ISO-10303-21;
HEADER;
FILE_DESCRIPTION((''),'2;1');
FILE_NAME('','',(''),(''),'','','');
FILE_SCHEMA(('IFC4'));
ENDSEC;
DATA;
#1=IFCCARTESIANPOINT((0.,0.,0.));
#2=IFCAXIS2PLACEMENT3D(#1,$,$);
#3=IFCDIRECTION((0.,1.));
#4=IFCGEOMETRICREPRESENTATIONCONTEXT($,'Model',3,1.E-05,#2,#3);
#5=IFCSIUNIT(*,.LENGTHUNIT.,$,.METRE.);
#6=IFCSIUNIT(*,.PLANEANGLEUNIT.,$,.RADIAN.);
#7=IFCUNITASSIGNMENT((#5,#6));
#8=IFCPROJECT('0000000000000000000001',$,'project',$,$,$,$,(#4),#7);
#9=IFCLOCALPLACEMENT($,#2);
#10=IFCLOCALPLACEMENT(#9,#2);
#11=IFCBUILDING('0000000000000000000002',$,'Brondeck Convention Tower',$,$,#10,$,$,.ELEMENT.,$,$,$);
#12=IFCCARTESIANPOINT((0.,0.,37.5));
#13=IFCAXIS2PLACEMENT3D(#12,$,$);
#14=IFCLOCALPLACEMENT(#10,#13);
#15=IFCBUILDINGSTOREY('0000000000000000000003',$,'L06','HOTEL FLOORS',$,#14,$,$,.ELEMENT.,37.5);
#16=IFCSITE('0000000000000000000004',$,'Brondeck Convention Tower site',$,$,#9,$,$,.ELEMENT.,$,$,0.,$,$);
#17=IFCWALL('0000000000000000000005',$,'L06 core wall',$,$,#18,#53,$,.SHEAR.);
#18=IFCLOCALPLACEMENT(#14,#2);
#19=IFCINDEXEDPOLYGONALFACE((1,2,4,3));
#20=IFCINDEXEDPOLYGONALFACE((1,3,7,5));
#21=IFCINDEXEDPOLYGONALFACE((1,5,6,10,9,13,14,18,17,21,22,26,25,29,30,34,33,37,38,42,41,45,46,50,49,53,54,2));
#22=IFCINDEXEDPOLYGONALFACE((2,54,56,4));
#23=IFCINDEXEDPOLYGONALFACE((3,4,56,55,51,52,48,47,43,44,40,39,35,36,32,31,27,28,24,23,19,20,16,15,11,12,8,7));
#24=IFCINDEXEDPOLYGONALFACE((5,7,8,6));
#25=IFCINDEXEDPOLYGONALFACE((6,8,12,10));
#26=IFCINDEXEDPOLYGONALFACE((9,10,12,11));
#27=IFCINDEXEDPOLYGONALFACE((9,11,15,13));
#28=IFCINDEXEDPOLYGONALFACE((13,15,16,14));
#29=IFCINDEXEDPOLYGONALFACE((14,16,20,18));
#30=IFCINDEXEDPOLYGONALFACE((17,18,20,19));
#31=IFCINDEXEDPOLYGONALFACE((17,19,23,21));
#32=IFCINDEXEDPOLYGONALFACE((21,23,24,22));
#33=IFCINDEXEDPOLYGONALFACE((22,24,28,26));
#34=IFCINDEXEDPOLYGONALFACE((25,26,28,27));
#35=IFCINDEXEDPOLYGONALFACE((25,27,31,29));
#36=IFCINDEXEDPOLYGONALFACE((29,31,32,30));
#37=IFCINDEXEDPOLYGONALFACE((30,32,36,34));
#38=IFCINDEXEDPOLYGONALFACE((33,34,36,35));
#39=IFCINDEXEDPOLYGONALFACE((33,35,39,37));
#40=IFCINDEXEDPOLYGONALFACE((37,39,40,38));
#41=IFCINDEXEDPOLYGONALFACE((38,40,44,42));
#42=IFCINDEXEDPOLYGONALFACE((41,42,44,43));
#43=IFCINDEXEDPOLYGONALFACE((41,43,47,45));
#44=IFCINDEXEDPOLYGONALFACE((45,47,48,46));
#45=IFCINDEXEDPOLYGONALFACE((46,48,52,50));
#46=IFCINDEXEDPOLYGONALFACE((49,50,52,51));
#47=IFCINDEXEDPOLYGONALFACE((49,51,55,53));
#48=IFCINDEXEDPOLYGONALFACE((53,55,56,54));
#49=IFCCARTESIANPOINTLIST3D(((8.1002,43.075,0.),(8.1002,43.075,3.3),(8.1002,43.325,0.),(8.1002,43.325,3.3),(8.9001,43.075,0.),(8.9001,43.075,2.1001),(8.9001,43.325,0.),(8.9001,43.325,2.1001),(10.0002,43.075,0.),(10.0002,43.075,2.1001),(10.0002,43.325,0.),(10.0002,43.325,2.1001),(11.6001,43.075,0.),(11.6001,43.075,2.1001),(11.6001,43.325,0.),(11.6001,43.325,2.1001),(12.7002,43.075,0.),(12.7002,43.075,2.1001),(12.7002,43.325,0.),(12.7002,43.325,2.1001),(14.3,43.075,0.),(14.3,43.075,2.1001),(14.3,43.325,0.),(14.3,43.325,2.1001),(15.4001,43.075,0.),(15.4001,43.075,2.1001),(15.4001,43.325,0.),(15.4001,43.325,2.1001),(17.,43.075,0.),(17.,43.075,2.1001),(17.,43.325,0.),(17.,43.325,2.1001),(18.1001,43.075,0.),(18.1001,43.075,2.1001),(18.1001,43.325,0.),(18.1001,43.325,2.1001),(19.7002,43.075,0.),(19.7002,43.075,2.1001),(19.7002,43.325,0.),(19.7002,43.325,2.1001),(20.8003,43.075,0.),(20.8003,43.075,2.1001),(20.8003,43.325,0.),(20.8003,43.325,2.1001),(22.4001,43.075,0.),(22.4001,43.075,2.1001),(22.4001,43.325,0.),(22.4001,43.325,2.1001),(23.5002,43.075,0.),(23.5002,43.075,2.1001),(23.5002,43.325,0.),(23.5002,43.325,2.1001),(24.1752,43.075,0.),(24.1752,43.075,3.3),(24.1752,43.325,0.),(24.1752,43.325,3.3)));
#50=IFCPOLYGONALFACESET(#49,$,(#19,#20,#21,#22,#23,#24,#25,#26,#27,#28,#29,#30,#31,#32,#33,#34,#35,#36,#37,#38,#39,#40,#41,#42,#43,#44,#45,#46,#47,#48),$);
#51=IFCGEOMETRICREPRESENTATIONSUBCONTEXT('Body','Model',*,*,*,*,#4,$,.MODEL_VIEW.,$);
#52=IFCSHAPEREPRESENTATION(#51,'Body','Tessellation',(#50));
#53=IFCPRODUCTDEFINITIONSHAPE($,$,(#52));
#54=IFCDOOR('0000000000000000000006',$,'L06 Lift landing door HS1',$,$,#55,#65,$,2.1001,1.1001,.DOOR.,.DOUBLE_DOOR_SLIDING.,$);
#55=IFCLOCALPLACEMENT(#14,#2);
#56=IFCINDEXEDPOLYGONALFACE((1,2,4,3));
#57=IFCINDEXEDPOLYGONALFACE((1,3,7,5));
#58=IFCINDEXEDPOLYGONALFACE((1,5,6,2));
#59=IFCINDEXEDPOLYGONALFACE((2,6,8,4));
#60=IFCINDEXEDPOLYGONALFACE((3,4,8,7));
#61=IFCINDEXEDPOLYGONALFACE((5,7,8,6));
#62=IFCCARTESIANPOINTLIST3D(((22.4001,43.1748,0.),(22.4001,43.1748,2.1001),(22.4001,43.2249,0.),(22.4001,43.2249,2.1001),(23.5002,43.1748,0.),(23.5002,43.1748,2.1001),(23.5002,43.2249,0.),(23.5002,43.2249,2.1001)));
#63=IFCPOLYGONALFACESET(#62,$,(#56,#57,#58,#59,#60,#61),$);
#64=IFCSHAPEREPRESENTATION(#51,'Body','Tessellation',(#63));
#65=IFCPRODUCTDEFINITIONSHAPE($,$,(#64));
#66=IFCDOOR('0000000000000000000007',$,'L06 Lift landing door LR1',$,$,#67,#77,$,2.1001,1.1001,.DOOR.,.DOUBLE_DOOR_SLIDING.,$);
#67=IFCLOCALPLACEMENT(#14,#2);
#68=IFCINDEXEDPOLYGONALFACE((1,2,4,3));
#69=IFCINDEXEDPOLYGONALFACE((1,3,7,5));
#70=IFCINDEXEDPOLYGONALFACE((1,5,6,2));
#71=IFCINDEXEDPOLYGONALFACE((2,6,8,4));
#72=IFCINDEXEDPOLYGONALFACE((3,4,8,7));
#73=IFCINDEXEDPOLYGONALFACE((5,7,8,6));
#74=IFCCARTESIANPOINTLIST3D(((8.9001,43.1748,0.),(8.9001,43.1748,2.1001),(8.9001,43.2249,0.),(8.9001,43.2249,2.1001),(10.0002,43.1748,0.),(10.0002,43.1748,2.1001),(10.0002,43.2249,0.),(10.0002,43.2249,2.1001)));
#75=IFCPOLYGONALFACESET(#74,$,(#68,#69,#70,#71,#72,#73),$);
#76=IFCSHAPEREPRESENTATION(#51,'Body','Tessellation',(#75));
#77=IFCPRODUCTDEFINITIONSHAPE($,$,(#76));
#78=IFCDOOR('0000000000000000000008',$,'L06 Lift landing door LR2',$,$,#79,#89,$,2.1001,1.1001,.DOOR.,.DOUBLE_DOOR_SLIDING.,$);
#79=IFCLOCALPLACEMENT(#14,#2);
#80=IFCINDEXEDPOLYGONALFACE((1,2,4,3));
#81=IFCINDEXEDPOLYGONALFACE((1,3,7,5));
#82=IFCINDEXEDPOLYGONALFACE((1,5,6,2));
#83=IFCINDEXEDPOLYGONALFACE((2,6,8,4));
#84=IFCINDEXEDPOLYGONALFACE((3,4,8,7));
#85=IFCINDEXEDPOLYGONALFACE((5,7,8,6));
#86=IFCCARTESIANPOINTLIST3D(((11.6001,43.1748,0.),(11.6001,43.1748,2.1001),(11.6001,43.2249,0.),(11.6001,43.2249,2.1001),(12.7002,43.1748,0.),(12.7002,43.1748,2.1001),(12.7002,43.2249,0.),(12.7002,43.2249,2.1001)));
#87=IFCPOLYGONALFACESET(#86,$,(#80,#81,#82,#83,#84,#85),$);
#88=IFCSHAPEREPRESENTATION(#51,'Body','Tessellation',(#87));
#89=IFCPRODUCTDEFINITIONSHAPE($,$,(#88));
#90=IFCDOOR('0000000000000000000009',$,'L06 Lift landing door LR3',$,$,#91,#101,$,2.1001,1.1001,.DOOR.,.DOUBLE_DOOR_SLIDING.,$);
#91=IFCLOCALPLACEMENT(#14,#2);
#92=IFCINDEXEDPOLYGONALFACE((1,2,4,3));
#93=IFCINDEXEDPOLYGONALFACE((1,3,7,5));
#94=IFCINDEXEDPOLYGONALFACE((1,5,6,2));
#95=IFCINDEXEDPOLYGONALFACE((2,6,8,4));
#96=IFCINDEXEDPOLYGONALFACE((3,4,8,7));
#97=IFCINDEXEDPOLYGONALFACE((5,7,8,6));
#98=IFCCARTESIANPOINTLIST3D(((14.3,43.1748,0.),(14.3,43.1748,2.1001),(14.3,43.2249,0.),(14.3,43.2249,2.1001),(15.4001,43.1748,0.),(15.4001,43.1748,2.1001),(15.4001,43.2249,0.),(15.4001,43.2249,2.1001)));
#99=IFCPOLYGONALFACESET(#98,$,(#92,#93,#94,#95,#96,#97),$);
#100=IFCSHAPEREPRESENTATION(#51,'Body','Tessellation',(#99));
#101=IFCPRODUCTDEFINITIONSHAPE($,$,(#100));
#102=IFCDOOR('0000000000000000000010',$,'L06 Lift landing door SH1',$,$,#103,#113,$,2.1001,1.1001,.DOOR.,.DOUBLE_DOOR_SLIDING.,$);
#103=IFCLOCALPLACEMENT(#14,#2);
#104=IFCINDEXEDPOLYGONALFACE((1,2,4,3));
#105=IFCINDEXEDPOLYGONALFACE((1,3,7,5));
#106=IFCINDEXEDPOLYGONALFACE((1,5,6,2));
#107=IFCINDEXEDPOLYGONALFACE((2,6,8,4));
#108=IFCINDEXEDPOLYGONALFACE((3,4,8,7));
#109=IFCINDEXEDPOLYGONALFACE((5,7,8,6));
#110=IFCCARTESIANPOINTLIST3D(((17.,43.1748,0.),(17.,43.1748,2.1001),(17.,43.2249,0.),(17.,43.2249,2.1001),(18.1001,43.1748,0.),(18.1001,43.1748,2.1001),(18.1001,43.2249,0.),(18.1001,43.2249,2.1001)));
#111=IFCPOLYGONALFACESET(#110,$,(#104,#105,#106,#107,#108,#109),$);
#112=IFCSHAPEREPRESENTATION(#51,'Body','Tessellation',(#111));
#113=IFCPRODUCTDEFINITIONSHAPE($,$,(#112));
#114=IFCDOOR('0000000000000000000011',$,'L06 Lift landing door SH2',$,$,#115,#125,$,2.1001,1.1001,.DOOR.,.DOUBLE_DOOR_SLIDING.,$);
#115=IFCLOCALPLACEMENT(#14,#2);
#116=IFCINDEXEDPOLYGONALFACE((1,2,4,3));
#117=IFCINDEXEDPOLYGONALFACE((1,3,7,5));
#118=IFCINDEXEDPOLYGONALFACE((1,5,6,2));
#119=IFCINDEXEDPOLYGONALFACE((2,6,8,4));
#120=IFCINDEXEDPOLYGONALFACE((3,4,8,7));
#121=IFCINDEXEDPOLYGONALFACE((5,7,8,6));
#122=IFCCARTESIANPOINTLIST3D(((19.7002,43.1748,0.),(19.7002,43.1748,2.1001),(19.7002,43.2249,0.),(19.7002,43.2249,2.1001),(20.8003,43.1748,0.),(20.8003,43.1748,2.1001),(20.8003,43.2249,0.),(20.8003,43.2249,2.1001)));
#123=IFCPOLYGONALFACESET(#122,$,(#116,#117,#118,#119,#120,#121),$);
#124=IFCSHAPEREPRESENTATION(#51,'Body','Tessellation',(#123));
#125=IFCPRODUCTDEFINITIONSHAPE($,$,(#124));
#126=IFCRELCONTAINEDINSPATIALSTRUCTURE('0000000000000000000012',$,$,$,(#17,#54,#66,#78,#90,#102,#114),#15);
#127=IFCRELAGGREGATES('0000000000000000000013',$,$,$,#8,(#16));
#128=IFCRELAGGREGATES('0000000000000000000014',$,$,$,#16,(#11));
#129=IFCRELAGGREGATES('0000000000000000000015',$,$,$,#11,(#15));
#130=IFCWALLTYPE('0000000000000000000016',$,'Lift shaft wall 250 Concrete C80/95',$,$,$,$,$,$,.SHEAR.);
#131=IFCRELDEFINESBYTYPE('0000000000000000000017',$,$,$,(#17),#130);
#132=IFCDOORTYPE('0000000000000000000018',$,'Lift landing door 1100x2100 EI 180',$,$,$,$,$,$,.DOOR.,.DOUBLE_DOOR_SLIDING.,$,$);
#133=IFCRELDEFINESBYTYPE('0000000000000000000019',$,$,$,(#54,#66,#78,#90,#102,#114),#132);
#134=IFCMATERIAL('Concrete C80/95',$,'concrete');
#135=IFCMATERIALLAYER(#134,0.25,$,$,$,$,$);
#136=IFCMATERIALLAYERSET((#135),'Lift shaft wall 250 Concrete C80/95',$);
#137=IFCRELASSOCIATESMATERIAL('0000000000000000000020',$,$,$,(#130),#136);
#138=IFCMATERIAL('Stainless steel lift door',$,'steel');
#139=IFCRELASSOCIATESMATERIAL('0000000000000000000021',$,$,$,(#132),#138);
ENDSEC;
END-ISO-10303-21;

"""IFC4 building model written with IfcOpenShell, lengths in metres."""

from ifc_helpers import new_model, si_unit, direction, frame, frame_2d, origin, place, context, subcontext, project, spatial, rectangle, extrude, material, layer, layer_set, type_object, element, fill, save


model = new_model("IFC4")

# Units and contexts
model_context = context("Model", 3, precision=1e-05, world=origin(), true_north=direction((0.0, 1.0)))
body_context = subcontext(model_context, "Body", "Model", "MODEL_VIEW")
ifc_project = project(units=[si_unit("LENGTHUNIT", "METRE"), si_unit("PLANEANGLEUNIT", "RADIAN")], contexts=[model_context])

# Site, building, storey
site_placement = place(None, origin())
site = spatial("IfcSite", under=ifc_project, at=site_placement, Name="Brondeck Convention Tower site", CompositionType="ELEMENT", RefElevation=0.0)
building_placement = place(site_placement, origin())
building = spatial("IfcBuilding", under=site, at=building_placement, Name="Brondeck Convention Tower", CompositionType="ELEMENT")
storey_placement = place(building_placement, frame((0.0, 0.0, 37.5)))
storey = spatial("IfcBuildingStorey", under=building, at=storey_placement, Name="L06", Description="HOTEL FLOORS", CompositionType="ELEMENT", Elevation=37.5)

# Shared definitions
ifc_material_1 = material(Name="Concrete C80/95", Category="concrete")
ifc_layer_1 = layer(ifc_material_1, 0.25)
ifc_layer_set_1 = layer_set([ifc_layer_1], Name="Lift shaft wall 250 Concrete C80/95")
wall_type_1 = type_object("IfcWallType", Name="Lift shaft wall 250 Concrete C80/95", PredefinedType="SHEAR", material=ifc_layer_set_1)

# Wall, openings, doors
wall_1_placement = place(storey_placement, frame((8.1001, 43.2, 0.0), z_axis=(0.0, 0.0, 1.0), x_axis=(1.0, 0.0, 0.0)))
wall_1 = element("IfcWall", 1, at=wall_1_placement, inside=storey, type_object=wall_type_1, Name="L06 core wall", PredefinedType="SHEAR", context=body_context, shape_type="SweptSolid", body=[
    extrude(rectangle(XDim=16.075, YDim=0.25, at=frame_2d((8.0376, 0.0))), origin(), (0.0, 0.0, 1.0), 3.3),
])
opening_1_placement = place(wall_1_placement, frame((14.3, 0.0, 0.0)))
opening_1 = element("IfcOpeningElement", 2, at=opening_1_placement, cuts=wall_1, PredefinedType="OPENING", context=body_context, shape_type="SweptSolid", body=[
    extrude(rectangle(XDim=1.1001, YDim=2.1001, at=frame_2d((0.55, 1.05))), frame((0.0, 0.135, 0.0), z_axis=(0.0, -1.0, 0.0), x_axis=(1.0, 0.0, 0.0)), (0.0, 0.0, 1.0), 0.27),
])
opening_2_placement = place(wall_1_placement, frame((0.8, 0.0, 0.0)))
opening_2 = element("IfcOpeningElement", 3, at=opening_2_placement, cuts=wall_1, PredefinedType="OPENING", context=body_context, shape_type="SweptSolid", body=[
    extrude(rectangle(XDim=1.1001, YDim=2.1001, at=frame_2d((0.55, 1.05))), frame((0.0, 0.135, 0.0), z_axis=(0.0, -1.0, 0.0), x_axis=(1.0, 0.0, 0.0)), (0.0, 0.0, 1.0), 0.27),
])
opening_3_placement = place(wall_1_placement, frame((3.5, 0.0, 0.0)))
opening_3 = element("IfcOpeningElement", 4, at=opening_3_placement, cuts=wall_1, PredefinedType="OPENING", context=body_context, shape_type="SweptSolid", body=[
    extrude(rectangle(XDim=1.1001, YDim=2.1001, at=frame_2d((0.55, 1.05))), frame((0.0, 0.135, 0.0), z_axis=(0.0, -1.0, 0.0), x_axis=(1.0, 0.0, 0.0)), (0.0, 0.0, 1.0), 0.27),
])
opening_4_placement = place(wall_1_placement, frame((6.2, 0.0, 0.0)))
opening_4 = element("IfcOpeningElement", 5, at=opening_4_placement, cuts=wall_1, PredefinedType="OPENING", context=body_context, shape_type="SweptSolid", body=[
    extrude(rectangle(XDim=1.1001, YDim=2.1001, at=frame_2d((0.55, 1.05))), frame((0.0, 0.135, 0.0), z_axis=(0.0, -1.0, 0.0), x_axis=(1.0, 0.0, 0.0)), (0.0, 0.0, 1.0), 0.27),
])
opening_5_placement = place(wall_1_placement, frame((8.8999, 0.0, 0.0)))
opening_5 = element("IfcOpeningElement", 6, at=opening_5_placement, cuts=wall_1, PredefinedType="OPENING", context=body_context, shape_type="SweptSolid", body=[
    extrude(rectangle(XDim=1.1001, YDim=2.1001, at=frame_2d((0.55, 1.05))), frame((0.0, 0.135, 0.0), z_axis=(0.0, -1.0, 0.0), x_axis=(1.0, 0.0, 0.0)), (0.0, 0.0, 1.0), 0.27),
])
opening_6_placement = place(wall_1_placement, frame((11.6001, 0.0, 0.0)))
opening_6 = element("IfcOpeningElement", 7, at=opening_6_placement, cuts=wall_1, PredefinedType="OPENING", context=body_context, shape_type="SweptSolid", body=[
    extrude(rectangle(XDim=1.1001, YDim=2.1001, at=frame_2d((0.55, 1.05))), frame((0.0, 0.135, 0.0), z_axis=(0.0, -1.0, 0.0), x_axis=(1.0, 0.0, 0.0)), (0.0, 0.0, 1.0), 0.27),
])
ifc_material_2 = material(Name="Stainless steel lift door", Category="steel")
door_type = type_object("IfcDoorType", Name="Lift landing door 1100x2100 EI 180", OperationType="DOUBLE_DOOR_SLIDING", PredefinedType="DOOR", material=ifc_material_2)
door_1_placement = place(opening_1_placement, origin())
door_1 = element("IfcDoor", 8, at=door_1_placement, inside=storey, type_object=door_type, Name="L06 Lift landing door HS1", OperationType="DOUBLE_DOOR_SLIDING", OverallHeight=2.1001, OverallWidth=1.1001, PredefinedType="DOOR", context=body_context, shape_type="SweptSolid", body=[
    extrude(rectangle(XDim=1.1001, YDim=2.1001, at=frame_2d((0.55, 1.05))), frame((0.0, 0.0249, 0.0), z_axis=(0.0, -1.0, 0.0), x_axis=(1.0, 0.0, 0.0)), (0.0, 0.0, 1.0), 0.05),
])
fill(opening_1, door_1)
door_2_placement = place(opening_2_placement, origin())
door_2 = element("IfcDoor", 9, at=door_2_placement, inside=storey, type_object=door_type, Name="L06 Lift landing door LR1", OperationType="DOUBLE_DOOR_SLIDING", OverallHeight=2.1001, OverallWidth=1.1001, PredefinedType="DOOR", context=body_context, shape_type="SweptSolid", body=[
    extrude(rectangle(XDim=1.1001, YDim=2.1001, at=frame_2d((0.55, 1.05))), frame((0.0, 0.0249, 0.0), z_axis=(0.0, -1.0, 0.0), x_axis=(1.0, 0.0, 0.0)), (0.0, 0.0, 1.0), 0.05),
])
fill(opening_2, door_2)
door_3_placement = place(opening_3_placement, origin())
door_3 = element("IfcDoor", 10, at=door_3_placement, inside=storey, type_object=door_type, Name="L06 Lift landing door LR2", OperationType="DOUBLE_DOOR_SLIDING", OverallHeight=2.1001, OverallWidth=1.1001, PredefinedType="DOOR", context=body_context, shape_type="SweptSolid", body=[
    extrude(rectangle(XDim=1.1001, YDim=2.1001, at=frame_2d((0.55, 1.05))), frame((0.0, 0.0249, 0.0), z_axis=(0.0, -1.0, 0.0), x_axis=(1.0, 0.0, 0.0)), (0.0, 0.0, 1.0), 0.05),
])
fill(opening_3, door_3)
door_4_placement = place(opening_4_placement, origin())
door_4 = element("IfcDoor", 11, at=door_4_placement, inside=storey, type_object=door_type, Name="L06 Lift landing door LR3", OperationType="DOUBLE_DOOR_SLIDING", OverallHeight=2.1001, OverallWidth=1.1001, PredefinedType="DOOR", context=body_context, shape_type="SweptSolid", body=[
    extrude(rectangle(XDim=1.1001, YDim=2.1001, at=frame_2d((0.55, 1.05))), frame((0.0, 0.0249, 0.0), z_axis=(0.0, -1.0, 0.0), x_axis=(1.0, 0.0, 0.0)), (0.0, 0.0, 1.0), 0.05),
])
fill(opening_4, door_4)
door_5_placement = place(opening_5_placement, origin())
door_5 = element("IfcDoor", 12, at=door_5_placement, inside=storey, type_object=door_type, Name="L06 Lift landing door SH1", OperationType="DOUBLE_DOOR_SLIDING", OverallHeight=2.1001, OverallWidth=1.1001, PredefinedType="DOOR", context=body_context, shape_type="SweptSolid", body=[
    extrude(rectangle(XDim=1.1001, YDim=2.1001, at=frame_2d((0.55, 1.05))), frame((0.0, 0.0249, 0.0), z_axis=(0.0, -1.0, 0.0), x_axis=(1.0, 0.0, 0.0)), (0.0, 0.0, 1.0), 0.05),
])
fill(opening_5, door_5)
door_6_placement = place(opening_6_placement, origin())
door_6 = element("IfcDoor", 13, at=door_6_placement, inside=storey, type_object=door_type, Name="L06 Lift landing door SH2", OperationType="DOUBLE_DOOR_SLIDING", OverallHeight=2.1001, OverallWidth=1.1001, PredefinedType="DOOR", context=body_context, shape_type="SweptSolid", body=[
    extrude(rectangle(XDim=1.1001, YDim=2.1001, at=frame_2d((0.55, 1.05))), frame((0.0, 0.0249, 0.0), z_axis=(0.0, -1.0, 0.0), x_axis=(1.0, 0.0, 0.0)), (0.0, 0.0, 1.0), 0.05),
])
fill(opening_6, door_6)

save(model, "model.ifc")
